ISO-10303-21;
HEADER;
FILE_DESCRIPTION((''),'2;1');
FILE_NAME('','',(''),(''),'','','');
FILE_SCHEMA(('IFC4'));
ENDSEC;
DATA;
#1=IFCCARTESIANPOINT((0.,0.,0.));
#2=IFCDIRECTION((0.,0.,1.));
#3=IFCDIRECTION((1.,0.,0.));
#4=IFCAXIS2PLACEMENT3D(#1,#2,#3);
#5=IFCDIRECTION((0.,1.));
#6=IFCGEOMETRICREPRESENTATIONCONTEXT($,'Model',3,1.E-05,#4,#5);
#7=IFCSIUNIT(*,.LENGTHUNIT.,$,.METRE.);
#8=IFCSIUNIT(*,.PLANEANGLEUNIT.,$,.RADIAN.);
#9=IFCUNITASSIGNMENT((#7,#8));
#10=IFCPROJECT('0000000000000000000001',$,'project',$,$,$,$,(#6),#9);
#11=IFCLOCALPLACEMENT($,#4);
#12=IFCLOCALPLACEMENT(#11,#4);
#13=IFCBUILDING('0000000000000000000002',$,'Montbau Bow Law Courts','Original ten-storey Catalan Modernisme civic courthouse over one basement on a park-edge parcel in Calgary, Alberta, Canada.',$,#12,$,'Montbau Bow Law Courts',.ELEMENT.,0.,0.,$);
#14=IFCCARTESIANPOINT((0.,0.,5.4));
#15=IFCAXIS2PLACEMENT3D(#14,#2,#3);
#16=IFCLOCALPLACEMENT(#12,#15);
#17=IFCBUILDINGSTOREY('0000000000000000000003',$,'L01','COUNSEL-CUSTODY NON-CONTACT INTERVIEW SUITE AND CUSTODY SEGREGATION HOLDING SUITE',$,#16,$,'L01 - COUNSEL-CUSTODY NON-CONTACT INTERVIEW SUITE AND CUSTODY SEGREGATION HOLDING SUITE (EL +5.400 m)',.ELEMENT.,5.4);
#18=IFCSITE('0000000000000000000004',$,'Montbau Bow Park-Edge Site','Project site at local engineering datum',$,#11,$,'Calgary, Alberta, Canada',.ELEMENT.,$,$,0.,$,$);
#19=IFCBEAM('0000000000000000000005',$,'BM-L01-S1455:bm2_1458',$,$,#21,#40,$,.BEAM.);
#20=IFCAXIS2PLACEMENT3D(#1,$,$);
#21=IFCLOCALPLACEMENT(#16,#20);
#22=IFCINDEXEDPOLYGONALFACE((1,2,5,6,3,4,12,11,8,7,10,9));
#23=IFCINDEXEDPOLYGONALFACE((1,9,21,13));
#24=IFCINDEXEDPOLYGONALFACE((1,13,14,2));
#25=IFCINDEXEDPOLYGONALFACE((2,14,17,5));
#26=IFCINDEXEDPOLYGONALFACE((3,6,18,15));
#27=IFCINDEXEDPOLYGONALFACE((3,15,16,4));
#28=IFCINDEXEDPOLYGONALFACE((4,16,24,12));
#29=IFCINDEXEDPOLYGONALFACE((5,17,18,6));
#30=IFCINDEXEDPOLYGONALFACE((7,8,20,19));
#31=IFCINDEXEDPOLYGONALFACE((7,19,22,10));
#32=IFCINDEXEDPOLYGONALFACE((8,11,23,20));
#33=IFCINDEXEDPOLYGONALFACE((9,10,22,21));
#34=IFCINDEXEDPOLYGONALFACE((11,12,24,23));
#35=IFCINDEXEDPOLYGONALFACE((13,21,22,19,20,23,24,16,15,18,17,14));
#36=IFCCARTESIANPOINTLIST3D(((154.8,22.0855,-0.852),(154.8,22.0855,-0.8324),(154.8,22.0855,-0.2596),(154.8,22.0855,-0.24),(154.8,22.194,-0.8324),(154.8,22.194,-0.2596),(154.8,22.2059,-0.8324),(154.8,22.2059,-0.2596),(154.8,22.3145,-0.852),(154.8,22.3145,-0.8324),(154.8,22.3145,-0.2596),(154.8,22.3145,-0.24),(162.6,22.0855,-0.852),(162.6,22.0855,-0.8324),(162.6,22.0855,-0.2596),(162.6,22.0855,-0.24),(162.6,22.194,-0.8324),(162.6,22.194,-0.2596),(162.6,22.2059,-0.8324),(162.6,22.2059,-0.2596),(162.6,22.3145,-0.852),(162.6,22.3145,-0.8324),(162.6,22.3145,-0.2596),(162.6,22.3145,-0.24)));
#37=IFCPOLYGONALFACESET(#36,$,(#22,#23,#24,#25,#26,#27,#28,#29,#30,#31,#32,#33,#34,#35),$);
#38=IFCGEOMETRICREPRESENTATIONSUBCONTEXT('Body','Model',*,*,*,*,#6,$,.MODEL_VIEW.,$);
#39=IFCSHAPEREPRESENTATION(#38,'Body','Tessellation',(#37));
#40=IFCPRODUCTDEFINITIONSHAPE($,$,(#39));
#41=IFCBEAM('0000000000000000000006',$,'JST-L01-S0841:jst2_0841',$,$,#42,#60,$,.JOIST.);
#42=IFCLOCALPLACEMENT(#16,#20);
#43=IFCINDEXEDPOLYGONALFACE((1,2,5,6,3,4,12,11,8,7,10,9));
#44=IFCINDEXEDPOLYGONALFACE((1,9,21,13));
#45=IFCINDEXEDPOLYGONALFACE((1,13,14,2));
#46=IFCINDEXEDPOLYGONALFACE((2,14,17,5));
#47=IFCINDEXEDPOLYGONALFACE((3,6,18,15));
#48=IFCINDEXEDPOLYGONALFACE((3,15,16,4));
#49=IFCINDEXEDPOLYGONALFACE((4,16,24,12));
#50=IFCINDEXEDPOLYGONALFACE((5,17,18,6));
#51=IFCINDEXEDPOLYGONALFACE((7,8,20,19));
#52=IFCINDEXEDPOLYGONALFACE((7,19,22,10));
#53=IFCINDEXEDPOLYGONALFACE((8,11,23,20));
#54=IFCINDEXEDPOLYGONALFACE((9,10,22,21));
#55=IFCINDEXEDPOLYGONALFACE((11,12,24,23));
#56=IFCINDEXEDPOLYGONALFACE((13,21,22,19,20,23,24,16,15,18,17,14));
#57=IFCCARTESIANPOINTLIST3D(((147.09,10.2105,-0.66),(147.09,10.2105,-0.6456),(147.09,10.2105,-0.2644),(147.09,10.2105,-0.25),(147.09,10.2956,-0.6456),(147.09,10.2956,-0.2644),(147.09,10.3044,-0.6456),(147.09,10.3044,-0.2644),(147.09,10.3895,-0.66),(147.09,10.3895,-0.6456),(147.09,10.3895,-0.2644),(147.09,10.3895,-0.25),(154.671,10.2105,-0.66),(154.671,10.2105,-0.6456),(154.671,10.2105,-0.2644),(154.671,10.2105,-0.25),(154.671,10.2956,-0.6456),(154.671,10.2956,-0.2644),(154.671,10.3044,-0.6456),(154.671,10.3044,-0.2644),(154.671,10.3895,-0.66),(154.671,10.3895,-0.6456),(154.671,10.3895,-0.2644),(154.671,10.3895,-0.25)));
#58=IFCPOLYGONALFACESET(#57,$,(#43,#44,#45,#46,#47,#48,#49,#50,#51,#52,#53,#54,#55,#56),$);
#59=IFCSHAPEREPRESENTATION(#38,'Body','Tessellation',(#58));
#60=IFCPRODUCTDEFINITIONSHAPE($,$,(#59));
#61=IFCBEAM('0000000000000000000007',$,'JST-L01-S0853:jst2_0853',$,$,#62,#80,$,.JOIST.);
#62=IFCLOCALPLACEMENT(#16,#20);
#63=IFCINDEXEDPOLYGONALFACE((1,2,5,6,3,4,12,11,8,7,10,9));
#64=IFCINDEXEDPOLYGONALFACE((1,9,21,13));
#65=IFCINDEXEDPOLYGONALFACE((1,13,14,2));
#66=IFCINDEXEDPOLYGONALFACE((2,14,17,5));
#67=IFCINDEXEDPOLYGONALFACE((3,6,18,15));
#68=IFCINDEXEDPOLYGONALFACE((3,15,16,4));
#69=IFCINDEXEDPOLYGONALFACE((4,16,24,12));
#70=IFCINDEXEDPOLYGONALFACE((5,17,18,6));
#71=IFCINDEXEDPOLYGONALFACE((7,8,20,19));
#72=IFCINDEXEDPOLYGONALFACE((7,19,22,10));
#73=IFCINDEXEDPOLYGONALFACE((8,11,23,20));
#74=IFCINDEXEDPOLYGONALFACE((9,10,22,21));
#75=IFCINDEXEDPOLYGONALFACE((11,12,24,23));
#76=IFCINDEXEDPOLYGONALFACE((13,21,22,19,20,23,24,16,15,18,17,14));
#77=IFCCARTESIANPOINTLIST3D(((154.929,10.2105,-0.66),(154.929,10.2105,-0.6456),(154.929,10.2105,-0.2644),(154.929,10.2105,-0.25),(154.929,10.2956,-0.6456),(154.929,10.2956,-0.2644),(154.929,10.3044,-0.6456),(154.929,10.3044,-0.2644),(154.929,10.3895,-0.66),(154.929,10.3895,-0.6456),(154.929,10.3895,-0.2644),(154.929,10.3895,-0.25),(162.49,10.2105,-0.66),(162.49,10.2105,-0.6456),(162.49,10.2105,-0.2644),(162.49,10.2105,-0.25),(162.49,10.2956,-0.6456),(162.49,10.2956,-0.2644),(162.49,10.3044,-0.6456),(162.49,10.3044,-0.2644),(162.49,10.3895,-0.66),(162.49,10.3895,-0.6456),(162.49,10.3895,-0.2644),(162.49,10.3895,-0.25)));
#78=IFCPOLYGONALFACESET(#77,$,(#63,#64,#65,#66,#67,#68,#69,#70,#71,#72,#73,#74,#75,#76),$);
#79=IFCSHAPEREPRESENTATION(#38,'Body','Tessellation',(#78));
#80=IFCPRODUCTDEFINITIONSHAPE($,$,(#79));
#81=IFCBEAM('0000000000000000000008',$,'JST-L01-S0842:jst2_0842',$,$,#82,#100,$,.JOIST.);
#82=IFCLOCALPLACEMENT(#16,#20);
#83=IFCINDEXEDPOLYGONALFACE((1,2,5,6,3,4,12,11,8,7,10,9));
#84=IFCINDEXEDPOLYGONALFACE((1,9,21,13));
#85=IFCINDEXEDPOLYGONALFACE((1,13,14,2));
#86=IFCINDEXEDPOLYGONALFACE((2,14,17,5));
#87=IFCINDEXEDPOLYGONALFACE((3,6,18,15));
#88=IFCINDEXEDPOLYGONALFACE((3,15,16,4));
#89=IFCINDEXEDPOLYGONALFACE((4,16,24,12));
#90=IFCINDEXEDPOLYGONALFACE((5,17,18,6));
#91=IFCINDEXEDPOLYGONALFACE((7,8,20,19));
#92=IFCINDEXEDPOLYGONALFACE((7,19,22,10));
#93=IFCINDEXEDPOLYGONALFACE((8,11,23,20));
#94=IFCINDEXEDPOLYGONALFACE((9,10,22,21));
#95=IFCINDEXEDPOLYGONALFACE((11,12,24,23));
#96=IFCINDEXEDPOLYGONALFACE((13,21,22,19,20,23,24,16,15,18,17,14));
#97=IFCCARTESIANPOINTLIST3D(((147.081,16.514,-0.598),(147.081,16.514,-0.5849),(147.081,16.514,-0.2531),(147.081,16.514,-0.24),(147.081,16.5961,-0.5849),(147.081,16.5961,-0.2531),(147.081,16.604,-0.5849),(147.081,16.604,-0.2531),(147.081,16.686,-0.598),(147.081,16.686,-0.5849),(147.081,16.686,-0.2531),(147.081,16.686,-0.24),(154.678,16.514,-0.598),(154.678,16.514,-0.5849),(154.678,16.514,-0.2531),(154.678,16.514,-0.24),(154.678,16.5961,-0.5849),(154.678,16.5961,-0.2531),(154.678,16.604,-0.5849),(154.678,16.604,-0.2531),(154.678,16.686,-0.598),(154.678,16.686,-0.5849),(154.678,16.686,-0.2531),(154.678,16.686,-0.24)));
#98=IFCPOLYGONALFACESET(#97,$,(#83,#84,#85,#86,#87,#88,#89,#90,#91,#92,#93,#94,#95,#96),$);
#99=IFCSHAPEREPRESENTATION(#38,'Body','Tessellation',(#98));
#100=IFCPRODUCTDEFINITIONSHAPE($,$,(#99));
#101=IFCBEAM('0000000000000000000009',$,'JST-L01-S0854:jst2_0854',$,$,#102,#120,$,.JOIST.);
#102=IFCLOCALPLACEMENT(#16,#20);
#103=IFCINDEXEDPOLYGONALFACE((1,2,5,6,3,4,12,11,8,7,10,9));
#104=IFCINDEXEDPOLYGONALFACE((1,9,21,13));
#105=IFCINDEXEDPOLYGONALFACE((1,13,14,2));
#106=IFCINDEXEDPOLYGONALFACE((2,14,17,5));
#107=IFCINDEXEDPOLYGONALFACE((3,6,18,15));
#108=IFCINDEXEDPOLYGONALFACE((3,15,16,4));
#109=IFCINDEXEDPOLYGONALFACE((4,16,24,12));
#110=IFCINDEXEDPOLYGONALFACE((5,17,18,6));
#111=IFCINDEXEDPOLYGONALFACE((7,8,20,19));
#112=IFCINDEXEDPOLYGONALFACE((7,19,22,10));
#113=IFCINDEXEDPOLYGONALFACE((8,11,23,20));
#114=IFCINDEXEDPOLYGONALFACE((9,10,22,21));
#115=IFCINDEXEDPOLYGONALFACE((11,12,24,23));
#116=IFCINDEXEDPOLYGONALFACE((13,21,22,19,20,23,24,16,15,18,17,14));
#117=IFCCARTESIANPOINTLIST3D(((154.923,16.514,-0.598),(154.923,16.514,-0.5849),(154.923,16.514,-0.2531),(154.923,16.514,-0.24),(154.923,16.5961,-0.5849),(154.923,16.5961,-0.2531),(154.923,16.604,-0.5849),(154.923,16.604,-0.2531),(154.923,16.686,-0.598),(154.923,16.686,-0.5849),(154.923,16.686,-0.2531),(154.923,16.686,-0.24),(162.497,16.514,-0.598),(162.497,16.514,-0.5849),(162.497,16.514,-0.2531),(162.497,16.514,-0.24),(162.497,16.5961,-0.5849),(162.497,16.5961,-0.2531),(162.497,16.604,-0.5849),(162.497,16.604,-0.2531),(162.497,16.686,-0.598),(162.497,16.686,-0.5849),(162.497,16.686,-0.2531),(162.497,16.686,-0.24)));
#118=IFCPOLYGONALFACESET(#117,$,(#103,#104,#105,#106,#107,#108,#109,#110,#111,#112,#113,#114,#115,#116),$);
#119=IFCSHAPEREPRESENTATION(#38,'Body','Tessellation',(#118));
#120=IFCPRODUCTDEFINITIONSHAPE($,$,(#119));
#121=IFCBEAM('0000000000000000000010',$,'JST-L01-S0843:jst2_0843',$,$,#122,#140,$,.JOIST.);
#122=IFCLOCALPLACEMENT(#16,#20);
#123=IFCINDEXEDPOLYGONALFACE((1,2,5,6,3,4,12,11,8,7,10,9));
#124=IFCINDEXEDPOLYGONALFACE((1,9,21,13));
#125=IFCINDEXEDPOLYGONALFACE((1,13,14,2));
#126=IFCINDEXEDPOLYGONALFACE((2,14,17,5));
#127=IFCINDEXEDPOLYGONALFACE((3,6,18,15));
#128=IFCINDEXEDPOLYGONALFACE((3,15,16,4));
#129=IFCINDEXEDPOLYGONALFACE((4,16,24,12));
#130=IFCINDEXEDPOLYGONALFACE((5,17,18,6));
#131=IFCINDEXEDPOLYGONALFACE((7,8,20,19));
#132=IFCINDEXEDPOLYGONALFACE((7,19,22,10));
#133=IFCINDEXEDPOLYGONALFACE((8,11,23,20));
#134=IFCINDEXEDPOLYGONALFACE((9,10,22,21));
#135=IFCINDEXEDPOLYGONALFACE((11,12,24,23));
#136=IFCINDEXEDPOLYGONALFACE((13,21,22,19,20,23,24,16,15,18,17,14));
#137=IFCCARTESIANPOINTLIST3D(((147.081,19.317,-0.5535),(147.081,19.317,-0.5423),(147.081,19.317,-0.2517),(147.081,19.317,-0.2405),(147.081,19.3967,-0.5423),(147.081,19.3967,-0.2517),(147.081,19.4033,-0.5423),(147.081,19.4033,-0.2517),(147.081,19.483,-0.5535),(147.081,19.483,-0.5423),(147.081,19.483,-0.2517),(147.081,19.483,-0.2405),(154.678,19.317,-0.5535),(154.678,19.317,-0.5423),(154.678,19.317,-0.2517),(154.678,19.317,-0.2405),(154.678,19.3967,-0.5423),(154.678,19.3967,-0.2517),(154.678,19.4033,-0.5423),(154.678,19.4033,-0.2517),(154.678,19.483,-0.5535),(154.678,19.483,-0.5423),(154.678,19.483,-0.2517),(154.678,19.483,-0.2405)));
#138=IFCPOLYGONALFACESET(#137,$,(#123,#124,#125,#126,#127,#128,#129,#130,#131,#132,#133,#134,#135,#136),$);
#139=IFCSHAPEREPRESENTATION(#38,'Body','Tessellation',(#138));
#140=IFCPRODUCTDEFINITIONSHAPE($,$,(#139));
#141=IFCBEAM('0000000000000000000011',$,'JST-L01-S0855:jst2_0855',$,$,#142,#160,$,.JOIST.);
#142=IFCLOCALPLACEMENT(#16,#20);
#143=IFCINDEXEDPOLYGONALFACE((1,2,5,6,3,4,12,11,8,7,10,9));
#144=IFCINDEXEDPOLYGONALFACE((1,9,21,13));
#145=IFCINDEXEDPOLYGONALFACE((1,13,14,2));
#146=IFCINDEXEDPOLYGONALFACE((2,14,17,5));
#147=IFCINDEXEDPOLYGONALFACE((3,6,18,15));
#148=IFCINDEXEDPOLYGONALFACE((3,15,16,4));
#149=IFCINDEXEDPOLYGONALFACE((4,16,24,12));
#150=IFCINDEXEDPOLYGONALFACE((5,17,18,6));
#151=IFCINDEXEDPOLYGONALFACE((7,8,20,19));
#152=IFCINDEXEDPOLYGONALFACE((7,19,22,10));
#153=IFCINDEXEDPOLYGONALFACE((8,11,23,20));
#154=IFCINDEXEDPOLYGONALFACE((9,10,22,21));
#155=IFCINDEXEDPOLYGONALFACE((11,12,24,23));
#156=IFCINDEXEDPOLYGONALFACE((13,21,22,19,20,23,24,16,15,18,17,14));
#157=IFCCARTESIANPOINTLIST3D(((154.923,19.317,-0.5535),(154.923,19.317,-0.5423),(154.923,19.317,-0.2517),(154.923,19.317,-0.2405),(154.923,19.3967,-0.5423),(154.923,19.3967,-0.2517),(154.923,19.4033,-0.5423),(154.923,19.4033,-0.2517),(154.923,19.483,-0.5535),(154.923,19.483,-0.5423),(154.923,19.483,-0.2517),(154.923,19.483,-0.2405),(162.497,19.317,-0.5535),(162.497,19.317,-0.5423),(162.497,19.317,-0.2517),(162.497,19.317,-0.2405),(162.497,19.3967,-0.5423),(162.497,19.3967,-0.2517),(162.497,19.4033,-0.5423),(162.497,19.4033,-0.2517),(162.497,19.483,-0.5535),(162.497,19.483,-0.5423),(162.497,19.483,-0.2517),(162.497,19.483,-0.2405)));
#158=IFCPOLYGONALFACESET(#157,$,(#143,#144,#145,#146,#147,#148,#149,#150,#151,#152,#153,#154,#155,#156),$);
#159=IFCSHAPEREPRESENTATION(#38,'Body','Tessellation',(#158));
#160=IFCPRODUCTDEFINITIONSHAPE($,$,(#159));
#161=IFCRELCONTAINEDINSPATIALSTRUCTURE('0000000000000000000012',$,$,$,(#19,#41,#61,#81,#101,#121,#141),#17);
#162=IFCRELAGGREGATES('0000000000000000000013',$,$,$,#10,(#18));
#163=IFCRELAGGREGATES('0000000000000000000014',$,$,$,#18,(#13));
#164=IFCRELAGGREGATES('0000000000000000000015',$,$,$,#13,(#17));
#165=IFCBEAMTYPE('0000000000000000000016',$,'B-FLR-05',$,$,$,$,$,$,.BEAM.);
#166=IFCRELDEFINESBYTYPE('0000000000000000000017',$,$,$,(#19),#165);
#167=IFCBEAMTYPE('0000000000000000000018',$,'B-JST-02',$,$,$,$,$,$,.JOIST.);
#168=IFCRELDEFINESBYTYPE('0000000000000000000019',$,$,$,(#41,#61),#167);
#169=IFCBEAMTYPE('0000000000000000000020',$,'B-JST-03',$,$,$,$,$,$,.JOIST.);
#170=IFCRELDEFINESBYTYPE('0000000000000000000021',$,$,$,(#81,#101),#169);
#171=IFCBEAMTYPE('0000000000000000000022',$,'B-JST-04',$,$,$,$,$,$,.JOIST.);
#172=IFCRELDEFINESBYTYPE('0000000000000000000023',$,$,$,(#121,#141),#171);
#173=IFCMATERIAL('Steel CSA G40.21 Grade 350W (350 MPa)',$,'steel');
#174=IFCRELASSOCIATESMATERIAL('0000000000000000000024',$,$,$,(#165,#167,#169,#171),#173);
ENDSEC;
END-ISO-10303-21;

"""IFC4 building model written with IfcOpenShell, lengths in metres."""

from ifc_helpers import new_model, si_unit, direction, frame, origin_with_axes, origin_2d_with_axis, place, context, subcontext, project, spatial, i_section, extrude, material, material_profile, profile_set, type_object, element, save


model = new_model("IFC4")

# Units and contexts
model_context = context("Model", 3, precision=1e-05, world=origin_with_axes(), true_north=direction((0.0, 1.0)))
body_context = subcontext(model_context, "Body", "Model", "MODEL_VIEW")
ifc_project = project(units=[si_unit("LENGTHUNIT", "METRE"), si_unit("PLANEANGLEUNIT", "RADIAN")], contexts=[model_context])

# Site, building, storey
site_placement = place(None, origin_with_axes())
site = spatial("IfcSite", under=ifc_project, at=site_placement, Name="Montbau Bow Park-Edge Site", Description="Project site at local engineering datum", LongName="Calgary, Alberta, Canada", CompositionType="ELEMENT", RefElevation=0.0)
building_placement = place(site_placement, origin_with_axes())
building = spatial("IfcBuilding", under=site, at=building_placement, Name="Montbau Bow Law Courts", Description="Original ten-storey Catalan Modernisme civic courthouse over one basement on a park-edge parcel in Calgary, Alberta, Canada.", LongName="Montbau Bow Law Courts", CompositionType="ELEMENT", ElevationOfRefHeight=0.0, ElevationOfTerrain=0.0)
storey_placement = place(building_placement, frame((0.0, 0.0, 5.4), z_axis=(0.0, 0.0, 1.0), x_axis=(1.0, 0.0, 0.0)))
storey = spatial("IfcBuildingStorey", under=building, at=storey_placement, Name="L01", Description="COUNSEL-CUSTODY NON-CONTACT INTERVIEW SUITE AND CUSTODY SEGREGATION HOLDING SUITE", LongName="L01 - COUNSEL-CUSTODY NON-CONTACT INTERVIEW SUITE AND CUSTODY SEGREGATION HOLDING SUITE (EL +5.400 m)", CompositionType="ELEMENT", Elevation=5.4)

# Shared definitions
ifc_material_1 = material(Name="Steel CSA G40.21 Grade 350W (350 MPa)", Category="steel")

# Beams
ifc_material_profile_1 = material_profile(ifc_material_1, i_section(OverallWidth=0.229, OverallDepth=0.612, WebThickness=0.0119, FlangeThickness=0.0196, at=origin_2d_with_axis()), Name="W610X125", Category="Main", Priority=0)
ifc_profile_set_1 = profile_set([ifc_material_profile_1], Name="Steel CSA G40.21 Grade 350W (350 MPa)")
beam_type_1 = type_object("IfcBeamType", Name="B-FLR-05", PredefinedType="BEAM", material=ifc_profile_set_1)
beam_1_placement = place(None, frame((154.8, 22.2, 4.854), z_axis=(1.0, 0.0, 0.0), x_axis=(0.0, 1.0, 0.0)))
element("IfcBeam", 1, at=beam_1_placement, inside=storey, type_object=beam_type_1, Name="BM-L01-S1455:bm2_1458", PredefinedType="BEAM", context=body_context, shape_type="SweptSolid", body=[
    extrude(i_section(OverallWidth=0.229, OverallDepth=0.612, WebThickness=0.0119, FlangeThickness=0.0196, at=origin_2d_with_axis()), origin_with_axes(), (0.0, 0.0, 1.0), 7.8),
])
ifc_material_profile_2 = material_profile(ifc_material_1, i_section(OverallWidth=0.179, OverallDepth=0.41, WebThickness=0.0088, FlangeThickness=0.0144, at=origin_2d_with_axis()), Name="W410X67", Category="Main", Priority=0)
ifc_profile_set_2 = profile_set([ifc_material_profile_2], Name="Steel CSA G40.21 Grade 350W (350 MPa)")
beam_type_2 = type_object("IfcBeamType", Name="B-JST-02", PredefinedType="JOIST", material=ifc_profile_set_2)
beam_2_placement = place(None, frame((147.09, 10.3, 4.945), z_axis=(1.0, 0.0, 0.0), x_axis=(0.0, 1.0, 0.0)))
element("IfcBeam", 2, at=beam_2_placement, inside=storey, type_object=beam_type_2, Name="JST-L01-S0841:jst2_0841", PredefinedType="JOIST", context=body_context, shape_type="SweptSolid", body=[
    extrude(i_section(OverallWidth=0.179, OverallDepth=0.41, WebThickness=0.0088, FlangeThickness=0.0144, at=origin_2d_with_axis()), origin_with_axes(), (0.0, 0.0, 1.0), 7.581),
])
beam_3_placement = place(None, frame((154.929, 10.3, 4.945), z_axis=(1.0, 0.0, 0.0), x_axis=(0.0, 1.0, 0.0)))
element("IfcBeam", 3, at=beam_3_placement, inside=storey, type_object=beam_type_2, Name="JST-L01-S0853:jst2_0853", PredefinedType="JOIST", context=body_context, shape_type="SweptSolid", body=[
    extrude(i_section(OverallWidth=0.179, OverallDepth=0.41, WebThickness=0.0088, FlangeThickness=0.0144, at=origin_2d_with_axis()), origin_with_axes(), (0.0, 0.0, 1.0), 7.561),
])
ifc_material_profile_3 = material_profile(ifc_material_1, i_section(OverallWidth=0.172, OverallDepth=0.358, WebThickness=0.0079, FlangeThickness=0.0131, at=origin_2d_with_axis()), Name="W360X57", Category="Main", Priority=0)
ifc_profile_set_3 = profile_set([ifc_material_profile_3], Name="Steel CSA G40.21 Grade 350W (350 MPa)")
beam_type_3 = type_object("IfcBeamType", Name="B-JST-03", PredefinedType="JOIST", material=ifc_profile_set_3)
beam_4_placement = place(None, frame((147.081, 16.6, 4.981), z_axis=(1.0, 0.0, 0.0), x_axis=(0.0, 1.0, 0.0)))
element("IfcBeam", 4, at=beam_4_placement, inside=storey, type_object=beam_type_3, Name="JST-L01-S0842:jst2_0842", PredefinedType="JOIST", context=body_context, shape_type="SweptSolid", body=[
    extrude(i_section(OverallWidth=0.172, OverallDepth=0.358, WebThickness=0.0079, FlangeThickness=0.0131, at=origin_2d_with_axis()), origin_with_axes(), (0.0, 0.0, 1.0), 7.597),
])
beam_5_placement = place(None, frame((154.923, 16.6, 4.981), z_axis=(1.0, 0.0, 0.0), x_axis=(0.0, 1.0, 0.0)))
element("IfcBeam", 5, at=beam_5_placement, inside=storey, type_object=beam_type_3, Name="JST-L01-S0854:jst2_0854", PredefinedType="JOIST", context=body_context, shape_type="SweptSolid", body=[
    extrude(i_section(OverallWidth=0.172, OverallDepth=0.358, WebThickness=0.0079, FlangeThickness=0.0131, at=origin_2d_with_axis()), origin_with_axes(), (0.0, 0.0, 1.0), 7.574),
])
ifc_material_profile_4 = material_profile(ifc_material_1, i_section(OverallWidth=0.166, OverallDepth=0.313, WebThickness=0.0066, FlangeThickness=0.0112, at=origin_2d_with_axis()), Name="W310X45", Category="Main", Priority=0)
ifc_profile_set_4 = profile_set([ifc_material_profile_4], Name="Steel CSA G40.21 Grade 350W (350 MPa)")
beam_type_4 = type_object("IfcBeamType", Name="B-JST-04", PredefinedType="JOIST", material=ifc_profile_set_4)
beam_6_placement = place(None, frame((147.081, 19.4, 5.003), z_axis=(1.0, 0.0, 0.0), x_axis=(0.0, 1.0, 0.0)))
element("IfcBeam", 6, at=beam_6_placement, inside=storey, type_object=beam_type_4, Name="JST-L01-S0843:jst2_0843", PredefinedType="JOIST", context=body_context, shape_type="SweptSolid", body=[
    extrude(i_section(OverallWidth=0.166, OverallDepth=0.313, WebThickness=0.0066, FlangeThickness=0.0112, at=origin_2d_with_axis()), origin_with_axes(), (0.0, 0.0, 1.0), 7.597),
])
beam_7_placement = place(None, frame((154.923, 19.4, 5.003), z_axis=(1.0, 0.0, 0.0), x_axis=(0.0, 1.0, 0.0)))
element("IfcBeam", 7, at=beam_7_placement, inside=storey, type_object=beam_type_4, Name="JST-L01-S0855:jst2_0855", PredefinedType="JOIST", context=body_context, shape_type="SweptSolid", body=[
    extrude(i_section(OverallWidth=0.166, OverallDepth=0.313, WebThickness=0.0066, FlangeThickness=0.0112, at=origin_2d_with_axis()), origin_with_axes(), (0.0, 0.0, 1.0), 7.574),
])

save(model, "model.ifc")
